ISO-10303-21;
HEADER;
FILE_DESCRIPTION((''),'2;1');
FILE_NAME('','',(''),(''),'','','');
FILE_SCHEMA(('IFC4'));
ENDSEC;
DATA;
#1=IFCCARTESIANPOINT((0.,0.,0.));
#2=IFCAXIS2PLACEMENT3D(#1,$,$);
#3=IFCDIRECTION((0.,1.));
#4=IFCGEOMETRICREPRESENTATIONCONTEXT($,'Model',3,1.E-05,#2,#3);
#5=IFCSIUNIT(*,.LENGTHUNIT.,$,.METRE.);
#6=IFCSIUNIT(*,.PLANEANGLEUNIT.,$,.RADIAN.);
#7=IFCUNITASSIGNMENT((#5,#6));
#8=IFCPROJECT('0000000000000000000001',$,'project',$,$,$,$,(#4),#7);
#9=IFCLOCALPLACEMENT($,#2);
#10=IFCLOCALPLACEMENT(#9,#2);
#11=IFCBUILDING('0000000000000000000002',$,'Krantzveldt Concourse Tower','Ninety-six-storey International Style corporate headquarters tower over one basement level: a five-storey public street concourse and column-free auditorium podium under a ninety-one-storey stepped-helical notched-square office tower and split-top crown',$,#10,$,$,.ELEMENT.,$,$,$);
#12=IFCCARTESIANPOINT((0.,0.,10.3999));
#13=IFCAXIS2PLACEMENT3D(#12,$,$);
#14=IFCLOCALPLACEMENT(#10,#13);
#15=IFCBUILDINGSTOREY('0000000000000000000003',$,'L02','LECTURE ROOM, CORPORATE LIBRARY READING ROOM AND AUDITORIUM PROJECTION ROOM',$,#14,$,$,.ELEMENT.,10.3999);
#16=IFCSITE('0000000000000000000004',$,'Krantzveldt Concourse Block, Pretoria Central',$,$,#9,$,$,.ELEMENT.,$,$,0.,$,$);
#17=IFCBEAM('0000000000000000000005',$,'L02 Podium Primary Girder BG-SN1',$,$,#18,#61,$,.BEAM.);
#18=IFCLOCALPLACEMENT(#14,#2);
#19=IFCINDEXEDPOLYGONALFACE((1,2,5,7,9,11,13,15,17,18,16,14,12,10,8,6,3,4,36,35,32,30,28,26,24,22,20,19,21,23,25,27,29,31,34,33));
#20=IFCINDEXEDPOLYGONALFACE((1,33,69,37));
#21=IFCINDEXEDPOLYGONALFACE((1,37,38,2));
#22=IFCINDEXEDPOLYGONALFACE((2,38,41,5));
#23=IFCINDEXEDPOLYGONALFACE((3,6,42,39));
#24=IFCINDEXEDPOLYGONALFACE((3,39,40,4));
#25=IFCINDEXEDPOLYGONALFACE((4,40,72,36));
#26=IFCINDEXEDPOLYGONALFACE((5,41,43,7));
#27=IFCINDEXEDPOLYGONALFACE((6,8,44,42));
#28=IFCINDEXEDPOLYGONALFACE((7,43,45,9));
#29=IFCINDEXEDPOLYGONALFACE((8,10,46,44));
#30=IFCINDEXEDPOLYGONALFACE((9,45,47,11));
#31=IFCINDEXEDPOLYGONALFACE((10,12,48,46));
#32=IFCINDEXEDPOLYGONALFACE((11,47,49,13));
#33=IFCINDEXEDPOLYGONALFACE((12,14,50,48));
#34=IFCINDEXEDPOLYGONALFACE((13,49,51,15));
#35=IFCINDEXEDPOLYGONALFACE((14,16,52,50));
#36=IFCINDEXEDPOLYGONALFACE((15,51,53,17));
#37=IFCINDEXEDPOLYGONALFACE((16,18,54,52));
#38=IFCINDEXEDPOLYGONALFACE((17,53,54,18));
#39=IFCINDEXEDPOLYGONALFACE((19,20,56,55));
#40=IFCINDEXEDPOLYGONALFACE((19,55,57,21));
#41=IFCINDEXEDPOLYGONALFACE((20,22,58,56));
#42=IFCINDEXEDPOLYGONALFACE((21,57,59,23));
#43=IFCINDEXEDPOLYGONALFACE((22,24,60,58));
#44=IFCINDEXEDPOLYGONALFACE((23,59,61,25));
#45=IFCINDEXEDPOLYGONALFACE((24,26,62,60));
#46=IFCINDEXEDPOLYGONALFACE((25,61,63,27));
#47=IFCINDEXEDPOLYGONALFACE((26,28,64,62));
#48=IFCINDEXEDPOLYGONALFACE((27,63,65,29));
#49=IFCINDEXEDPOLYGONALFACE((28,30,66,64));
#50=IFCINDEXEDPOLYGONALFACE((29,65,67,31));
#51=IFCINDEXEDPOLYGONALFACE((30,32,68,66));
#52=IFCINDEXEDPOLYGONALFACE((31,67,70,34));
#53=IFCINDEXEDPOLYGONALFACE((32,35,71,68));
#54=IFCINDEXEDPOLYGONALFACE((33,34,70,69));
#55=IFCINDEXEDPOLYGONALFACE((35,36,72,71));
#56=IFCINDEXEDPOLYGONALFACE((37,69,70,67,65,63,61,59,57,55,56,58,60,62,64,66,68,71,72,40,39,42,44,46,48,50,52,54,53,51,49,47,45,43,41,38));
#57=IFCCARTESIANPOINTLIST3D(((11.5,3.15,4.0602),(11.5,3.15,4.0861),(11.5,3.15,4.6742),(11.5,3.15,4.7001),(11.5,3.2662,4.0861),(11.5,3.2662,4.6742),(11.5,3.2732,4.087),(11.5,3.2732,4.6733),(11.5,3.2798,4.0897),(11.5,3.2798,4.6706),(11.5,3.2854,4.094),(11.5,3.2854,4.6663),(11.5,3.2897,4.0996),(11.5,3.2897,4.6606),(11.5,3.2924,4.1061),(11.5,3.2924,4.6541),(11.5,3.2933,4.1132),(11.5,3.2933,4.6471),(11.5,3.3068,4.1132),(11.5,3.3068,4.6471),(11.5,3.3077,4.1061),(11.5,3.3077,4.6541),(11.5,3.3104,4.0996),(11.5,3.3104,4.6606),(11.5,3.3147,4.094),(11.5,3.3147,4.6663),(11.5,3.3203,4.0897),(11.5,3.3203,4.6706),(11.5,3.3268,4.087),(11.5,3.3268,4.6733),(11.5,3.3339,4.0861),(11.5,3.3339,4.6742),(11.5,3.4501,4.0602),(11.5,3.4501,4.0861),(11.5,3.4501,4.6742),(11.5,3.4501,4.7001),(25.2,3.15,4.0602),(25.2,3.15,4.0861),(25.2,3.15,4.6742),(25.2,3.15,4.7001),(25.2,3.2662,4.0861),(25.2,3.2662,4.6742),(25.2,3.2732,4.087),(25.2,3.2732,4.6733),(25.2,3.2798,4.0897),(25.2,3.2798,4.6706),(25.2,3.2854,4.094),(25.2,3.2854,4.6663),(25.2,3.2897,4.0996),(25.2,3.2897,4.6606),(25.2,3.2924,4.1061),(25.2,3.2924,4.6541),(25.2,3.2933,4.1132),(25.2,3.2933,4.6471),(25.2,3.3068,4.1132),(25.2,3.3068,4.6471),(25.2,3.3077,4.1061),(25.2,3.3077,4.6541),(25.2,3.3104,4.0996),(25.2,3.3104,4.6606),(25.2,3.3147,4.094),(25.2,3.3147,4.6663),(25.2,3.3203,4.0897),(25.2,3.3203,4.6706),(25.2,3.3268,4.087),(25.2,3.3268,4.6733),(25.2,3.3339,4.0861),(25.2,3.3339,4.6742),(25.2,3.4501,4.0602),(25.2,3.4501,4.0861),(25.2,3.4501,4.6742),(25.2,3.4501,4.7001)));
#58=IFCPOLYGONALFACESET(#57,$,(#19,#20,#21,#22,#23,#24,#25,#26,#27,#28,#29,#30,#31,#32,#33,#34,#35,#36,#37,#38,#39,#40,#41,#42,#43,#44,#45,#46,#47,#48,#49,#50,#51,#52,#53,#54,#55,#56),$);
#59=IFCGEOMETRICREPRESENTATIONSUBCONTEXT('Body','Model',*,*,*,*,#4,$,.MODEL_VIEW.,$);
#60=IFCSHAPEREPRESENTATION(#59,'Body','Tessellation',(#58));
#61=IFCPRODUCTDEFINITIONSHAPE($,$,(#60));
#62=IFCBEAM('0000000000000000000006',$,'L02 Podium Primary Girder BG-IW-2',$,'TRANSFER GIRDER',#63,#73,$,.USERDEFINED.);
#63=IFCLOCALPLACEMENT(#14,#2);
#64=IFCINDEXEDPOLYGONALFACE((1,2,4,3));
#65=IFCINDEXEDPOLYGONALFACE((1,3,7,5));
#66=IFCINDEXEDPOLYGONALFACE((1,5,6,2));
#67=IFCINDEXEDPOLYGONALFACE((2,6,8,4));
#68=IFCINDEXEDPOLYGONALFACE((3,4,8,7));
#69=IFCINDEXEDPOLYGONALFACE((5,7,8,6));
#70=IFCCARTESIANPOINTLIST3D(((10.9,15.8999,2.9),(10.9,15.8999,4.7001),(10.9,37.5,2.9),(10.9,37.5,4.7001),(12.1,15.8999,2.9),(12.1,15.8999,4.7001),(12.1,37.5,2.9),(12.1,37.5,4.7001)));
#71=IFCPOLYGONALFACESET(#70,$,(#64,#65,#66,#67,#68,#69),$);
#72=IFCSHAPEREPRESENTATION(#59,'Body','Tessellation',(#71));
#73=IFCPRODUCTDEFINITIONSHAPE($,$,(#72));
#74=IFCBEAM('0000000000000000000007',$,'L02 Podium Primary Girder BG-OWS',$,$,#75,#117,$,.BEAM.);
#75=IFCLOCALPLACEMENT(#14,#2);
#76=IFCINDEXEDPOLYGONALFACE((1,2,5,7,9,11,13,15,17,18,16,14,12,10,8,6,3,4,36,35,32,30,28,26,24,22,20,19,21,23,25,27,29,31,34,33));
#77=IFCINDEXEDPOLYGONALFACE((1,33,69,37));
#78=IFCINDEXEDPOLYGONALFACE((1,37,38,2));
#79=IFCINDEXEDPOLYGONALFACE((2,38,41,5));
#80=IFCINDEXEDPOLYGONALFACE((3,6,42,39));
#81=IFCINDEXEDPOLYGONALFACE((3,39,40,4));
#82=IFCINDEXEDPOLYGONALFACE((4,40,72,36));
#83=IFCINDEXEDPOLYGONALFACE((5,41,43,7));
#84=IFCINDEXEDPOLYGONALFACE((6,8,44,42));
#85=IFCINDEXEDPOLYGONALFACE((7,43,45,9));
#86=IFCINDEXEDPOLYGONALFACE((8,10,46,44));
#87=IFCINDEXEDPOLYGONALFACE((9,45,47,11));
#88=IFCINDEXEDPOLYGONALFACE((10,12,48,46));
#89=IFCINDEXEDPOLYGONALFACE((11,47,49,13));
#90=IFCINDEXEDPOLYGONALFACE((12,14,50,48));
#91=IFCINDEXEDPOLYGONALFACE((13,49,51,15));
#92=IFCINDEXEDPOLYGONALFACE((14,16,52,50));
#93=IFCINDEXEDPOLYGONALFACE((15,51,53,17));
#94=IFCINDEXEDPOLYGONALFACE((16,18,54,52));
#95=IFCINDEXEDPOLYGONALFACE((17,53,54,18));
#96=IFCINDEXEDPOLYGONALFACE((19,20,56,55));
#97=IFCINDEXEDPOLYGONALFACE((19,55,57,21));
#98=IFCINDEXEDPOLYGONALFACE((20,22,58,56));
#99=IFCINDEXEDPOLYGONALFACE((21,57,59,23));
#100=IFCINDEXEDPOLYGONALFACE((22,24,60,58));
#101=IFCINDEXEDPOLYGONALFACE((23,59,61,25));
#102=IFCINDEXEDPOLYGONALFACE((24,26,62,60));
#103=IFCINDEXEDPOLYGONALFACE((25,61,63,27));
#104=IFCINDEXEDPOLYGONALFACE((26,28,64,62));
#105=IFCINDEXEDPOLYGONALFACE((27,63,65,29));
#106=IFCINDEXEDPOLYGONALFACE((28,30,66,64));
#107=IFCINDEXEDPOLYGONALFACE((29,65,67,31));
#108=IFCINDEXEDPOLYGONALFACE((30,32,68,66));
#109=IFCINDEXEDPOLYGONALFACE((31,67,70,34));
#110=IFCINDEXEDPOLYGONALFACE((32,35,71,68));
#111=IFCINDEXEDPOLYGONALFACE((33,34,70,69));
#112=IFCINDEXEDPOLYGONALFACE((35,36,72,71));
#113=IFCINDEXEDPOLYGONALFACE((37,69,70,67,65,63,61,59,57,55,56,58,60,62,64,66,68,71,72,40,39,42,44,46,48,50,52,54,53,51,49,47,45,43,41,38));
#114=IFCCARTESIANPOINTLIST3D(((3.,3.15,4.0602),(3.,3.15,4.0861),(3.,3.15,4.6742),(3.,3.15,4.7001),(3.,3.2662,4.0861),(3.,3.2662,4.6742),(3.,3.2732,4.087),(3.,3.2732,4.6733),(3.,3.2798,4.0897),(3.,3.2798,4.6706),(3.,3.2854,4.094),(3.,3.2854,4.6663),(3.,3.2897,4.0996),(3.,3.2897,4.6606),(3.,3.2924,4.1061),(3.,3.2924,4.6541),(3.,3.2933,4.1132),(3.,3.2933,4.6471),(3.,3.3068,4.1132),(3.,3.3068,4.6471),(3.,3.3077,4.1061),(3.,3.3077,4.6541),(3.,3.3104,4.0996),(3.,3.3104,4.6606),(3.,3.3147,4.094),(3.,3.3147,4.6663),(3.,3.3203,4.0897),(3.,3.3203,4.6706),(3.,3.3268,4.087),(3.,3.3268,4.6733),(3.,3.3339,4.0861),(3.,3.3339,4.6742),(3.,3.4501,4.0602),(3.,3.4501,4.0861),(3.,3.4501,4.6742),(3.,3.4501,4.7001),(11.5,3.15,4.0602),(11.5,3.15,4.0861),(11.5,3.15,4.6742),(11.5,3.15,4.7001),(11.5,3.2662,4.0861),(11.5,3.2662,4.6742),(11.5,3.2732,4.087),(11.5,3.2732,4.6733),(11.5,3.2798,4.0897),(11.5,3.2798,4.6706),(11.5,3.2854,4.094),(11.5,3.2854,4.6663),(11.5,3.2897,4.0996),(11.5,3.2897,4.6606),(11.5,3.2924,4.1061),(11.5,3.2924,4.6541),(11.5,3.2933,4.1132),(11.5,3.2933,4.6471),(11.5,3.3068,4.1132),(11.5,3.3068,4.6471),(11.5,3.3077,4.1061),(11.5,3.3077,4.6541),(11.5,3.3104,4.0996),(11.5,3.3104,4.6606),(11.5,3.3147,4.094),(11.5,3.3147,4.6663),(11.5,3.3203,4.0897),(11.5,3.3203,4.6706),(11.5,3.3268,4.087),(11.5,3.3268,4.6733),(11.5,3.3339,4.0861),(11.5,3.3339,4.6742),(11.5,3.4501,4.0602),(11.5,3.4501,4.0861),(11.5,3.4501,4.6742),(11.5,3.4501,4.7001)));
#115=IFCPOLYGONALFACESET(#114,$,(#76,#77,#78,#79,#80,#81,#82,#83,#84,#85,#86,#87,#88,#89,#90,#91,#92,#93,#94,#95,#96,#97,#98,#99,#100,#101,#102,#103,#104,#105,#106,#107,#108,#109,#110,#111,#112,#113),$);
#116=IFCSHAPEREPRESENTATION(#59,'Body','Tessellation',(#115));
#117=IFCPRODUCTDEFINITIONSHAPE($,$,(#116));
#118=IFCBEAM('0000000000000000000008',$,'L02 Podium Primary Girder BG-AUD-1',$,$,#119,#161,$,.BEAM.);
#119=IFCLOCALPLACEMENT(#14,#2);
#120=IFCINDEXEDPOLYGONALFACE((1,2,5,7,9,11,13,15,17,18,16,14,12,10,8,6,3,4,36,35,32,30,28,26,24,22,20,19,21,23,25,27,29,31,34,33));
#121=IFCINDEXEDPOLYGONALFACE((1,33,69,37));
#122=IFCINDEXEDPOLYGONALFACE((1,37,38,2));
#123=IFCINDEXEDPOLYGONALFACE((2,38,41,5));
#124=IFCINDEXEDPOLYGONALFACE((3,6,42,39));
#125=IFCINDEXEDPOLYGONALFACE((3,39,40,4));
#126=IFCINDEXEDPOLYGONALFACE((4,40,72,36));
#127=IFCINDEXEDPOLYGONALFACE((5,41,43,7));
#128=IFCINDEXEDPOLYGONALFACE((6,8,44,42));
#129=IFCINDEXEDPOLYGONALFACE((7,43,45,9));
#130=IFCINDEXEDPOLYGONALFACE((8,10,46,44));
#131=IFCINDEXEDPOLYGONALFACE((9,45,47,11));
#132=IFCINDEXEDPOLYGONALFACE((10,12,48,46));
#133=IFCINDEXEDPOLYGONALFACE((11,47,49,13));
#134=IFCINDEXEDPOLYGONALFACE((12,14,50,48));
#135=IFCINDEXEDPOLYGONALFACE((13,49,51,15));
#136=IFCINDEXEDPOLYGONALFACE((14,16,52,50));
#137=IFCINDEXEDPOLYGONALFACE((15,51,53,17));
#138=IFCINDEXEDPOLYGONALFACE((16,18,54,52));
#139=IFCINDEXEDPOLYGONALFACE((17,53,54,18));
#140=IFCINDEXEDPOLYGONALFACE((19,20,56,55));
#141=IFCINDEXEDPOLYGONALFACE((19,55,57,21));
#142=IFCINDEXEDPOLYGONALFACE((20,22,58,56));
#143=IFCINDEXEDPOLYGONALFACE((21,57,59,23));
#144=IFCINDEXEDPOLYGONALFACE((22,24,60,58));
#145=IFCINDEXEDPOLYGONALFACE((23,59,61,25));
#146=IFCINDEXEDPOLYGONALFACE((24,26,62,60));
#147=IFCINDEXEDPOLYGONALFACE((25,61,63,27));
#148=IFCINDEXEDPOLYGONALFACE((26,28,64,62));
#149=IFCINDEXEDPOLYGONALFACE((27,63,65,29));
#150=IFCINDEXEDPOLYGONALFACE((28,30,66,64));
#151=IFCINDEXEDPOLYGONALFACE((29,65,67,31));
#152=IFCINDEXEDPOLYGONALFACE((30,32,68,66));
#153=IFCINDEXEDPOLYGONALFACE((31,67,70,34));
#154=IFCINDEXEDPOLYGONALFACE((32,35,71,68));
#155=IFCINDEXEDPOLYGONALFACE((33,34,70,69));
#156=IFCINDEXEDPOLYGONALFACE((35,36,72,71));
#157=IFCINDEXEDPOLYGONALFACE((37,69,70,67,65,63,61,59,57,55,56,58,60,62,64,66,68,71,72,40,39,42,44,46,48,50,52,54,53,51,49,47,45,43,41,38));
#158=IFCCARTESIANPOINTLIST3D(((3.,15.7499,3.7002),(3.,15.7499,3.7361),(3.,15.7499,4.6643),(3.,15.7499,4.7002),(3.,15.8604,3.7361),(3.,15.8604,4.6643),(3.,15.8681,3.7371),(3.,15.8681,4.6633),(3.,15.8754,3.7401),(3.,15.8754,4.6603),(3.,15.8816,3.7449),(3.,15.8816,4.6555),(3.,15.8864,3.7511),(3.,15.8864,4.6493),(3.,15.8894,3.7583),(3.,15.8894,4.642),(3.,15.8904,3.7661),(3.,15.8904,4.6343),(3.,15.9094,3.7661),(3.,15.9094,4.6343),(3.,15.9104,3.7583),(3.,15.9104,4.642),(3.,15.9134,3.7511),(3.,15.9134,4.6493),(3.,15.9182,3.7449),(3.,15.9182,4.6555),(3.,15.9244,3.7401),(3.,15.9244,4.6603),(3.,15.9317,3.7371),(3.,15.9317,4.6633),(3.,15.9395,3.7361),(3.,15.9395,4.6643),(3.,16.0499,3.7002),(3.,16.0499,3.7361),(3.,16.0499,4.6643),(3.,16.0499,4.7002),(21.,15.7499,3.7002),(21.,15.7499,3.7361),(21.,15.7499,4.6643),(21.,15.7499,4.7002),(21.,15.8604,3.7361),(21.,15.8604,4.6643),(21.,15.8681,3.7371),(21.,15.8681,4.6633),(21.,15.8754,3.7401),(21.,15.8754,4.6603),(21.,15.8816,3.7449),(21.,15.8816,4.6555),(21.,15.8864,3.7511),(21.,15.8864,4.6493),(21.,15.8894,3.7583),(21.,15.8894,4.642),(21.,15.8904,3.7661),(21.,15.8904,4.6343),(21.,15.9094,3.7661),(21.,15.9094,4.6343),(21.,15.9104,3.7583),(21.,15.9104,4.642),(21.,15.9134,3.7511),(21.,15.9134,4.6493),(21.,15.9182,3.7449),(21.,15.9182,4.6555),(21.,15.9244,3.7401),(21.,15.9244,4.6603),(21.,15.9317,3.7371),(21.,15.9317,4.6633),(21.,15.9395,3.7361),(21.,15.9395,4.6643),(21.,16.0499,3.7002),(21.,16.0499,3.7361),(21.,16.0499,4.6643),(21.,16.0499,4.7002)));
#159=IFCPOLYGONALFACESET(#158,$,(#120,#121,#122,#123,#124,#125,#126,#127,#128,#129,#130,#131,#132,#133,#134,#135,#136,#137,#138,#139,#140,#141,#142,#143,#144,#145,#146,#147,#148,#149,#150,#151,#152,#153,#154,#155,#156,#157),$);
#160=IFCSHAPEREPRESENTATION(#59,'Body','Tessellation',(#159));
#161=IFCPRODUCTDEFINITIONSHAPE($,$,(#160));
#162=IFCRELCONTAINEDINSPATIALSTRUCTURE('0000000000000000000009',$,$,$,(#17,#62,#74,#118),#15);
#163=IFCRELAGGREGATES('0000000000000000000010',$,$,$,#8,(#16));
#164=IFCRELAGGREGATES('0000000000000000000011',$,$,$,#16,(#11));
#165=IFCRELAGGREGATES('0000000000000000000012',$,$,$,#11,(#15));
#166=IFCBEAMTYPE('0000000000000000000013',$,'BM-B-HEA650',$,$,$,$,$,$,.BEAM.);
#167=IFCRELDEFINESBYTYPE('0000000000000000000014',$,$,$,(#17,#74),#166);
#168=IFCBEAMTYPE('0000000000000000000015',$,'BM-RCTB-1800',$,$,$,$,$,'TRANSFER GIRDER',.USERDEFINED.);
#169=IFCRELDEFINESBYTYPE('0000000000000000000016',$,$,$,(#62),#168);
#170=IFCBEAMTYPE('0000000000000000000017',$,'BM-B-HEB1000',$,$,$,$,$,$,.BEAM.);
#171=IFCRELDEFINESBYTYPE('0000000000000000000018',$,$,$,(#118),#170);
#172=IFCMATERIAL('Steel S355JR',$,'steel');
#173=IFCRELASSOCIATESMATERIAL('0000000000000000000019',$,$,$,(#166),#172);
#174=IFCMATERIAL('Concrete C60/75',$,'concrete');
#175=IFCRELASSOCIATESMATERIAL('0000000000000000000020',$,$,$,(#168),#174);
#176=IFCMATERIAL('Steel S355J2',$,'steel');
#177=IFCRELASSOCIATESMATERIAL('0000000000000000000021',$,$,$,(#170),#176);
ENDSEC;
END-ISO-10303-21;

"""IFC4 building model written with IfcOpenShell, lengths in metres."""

from ifc_helpers import new_model, si_unit, direction, frame, origin, origin_2d, place, context, subcontext, project, spatial, rectangle, i_section, extrude, source, transform, mapped, material, material_profile, profile_set, type_object, type_shapes, element, save


model = new_model("IFC4")

# Units and contexts
model_context = context("Model", 3, precision=1e-05, world=origin(), true_north=direction((0.0, 1.0)))
body_context = subcontext(model_context, "Body", "Model", "MODEL_VIEW")
ifc_project = project(units=[si_unit("LENGTHUNIT", "METRE"), si_unit("PLANEANGLEUNIT", "RADIAN")], contexts=[model_context])

# Site, building, storey
site_placement = place(None, origin())
site = spatial("IfcSite", under=ifc_project, at=site_placement, Name="Krantzveldt Concourse Block, Pretoria Central", CompositionType="ELEMENT", RefElevation=0.0)
building_placement = place(site_placement, origin())
building = spatial("IfcBuilding", under=site, at=building_placement, Name="Krantzveldt Concourse Tower", Description="Ninety-six-storey International Style corporate headquarters tower over one basement level: a five-storey public street concourse and column-free auditorium podium under a ninety-one-storey stepped-helical notched-square office tower and split-top crown", CompositionType="ELEMENT")
storey_placement = place(building_placement, frame((0.0, 0.0, 10.3999)))
storey = spatial("IfcBuildingStorey", under=building, at=storey_placement, Name="L02", Description="LECTURE ROOM, CORPORATE LIBRARY READING ROOM AND AUDITORIUM PROJECTION ROOM", CompositionType="ELEMENT", Elevation=10.3999)

# Shared definitions
ifc_material_1 = material(Name="Concrete C60/75", Category="concrete")

# Beams
ifc_material_2 = material(Name="Steel S355JR", Category="steel")
ifc_material_3 = material(Name="Steel S355J2", Category="steel")
ifc_material_profile_1 = material_profile(ifc_material_2, i_section(OverallWidth=0.3, OverallDepth=0.6399, WebThickness=0.0134, FlangeThickness=0.0259, FilletRadius=0.0271, at=origin_2d()), Name="Steel S355JR", Category="steel")
ifc_profile_set_1 = profile_set([ifc_material_profile_1], Name="Steel S355JR - HEA 650")
beam_type_1 = type_object("IfcBeamType", Name="BM-B-HEA650", PredefinedType="BEAM", material=ifc_profile_set_1)
shared_shape_1 = source(origin(), body_context, "Body", "SweptSolid", [
    extrude(i_section(OverallWidth=0.3, OverallDepth=0.6399, WebThickness=0.0134, FlangeThickness=0.0259, FilletRadius=0.0271, at=origin_2d()), origin(), (0.0, 0.0, 1.0), 13.7),
])
beam_1_placement = place(storey_placement, frame((11.5, 3.3, 4.3801), z_axis=(1.0, 0.0, 0.0), x_axis=(0.0, 1.0, 0.0)))
element("IfcBeam", 1, at=beam_1_placement, inside=storey, type_object=beam_type_1, Name="L02 Podium Primary Girder BG-SN1", PredefinedType="BEAM", context=body_context, shape_type="MappedRepresentation", body=[
    mapped(shared_shape_1, transform((0.0, 0.0, 0.0), x_axis=(1.0, 0.0, 0.0), y_axis=(0.0, 1.0, 0.0), z_axis=(0.0, 0.0, 1.0), scale=1.0)),
])
ifc_material_profile_2 = material_profile(ifc_material_1, rectangle(XDim=1.2, YDim=1.8, at=origin_2d()), Name="Concrete C60/75", Category="concrete")
ifc_profile_set_2 = profile_set([ifc_material_profile_2], Name="Concrete C60/75 - RC-TB 1200x1800")
beam_type_2 = type_object("IfcBeamType", Name="BM-RCTB-1800", ElementType="TRANSFER GIRDER", PredefinedType="USERDEFINED", material=ifc_profile_set_2)
shared_shape_2 = source(origin(), body_context, "Body", "SweptSolid", [
    extrude(rectangle(XDim=1.2, YDim=1.8, at=origin_2d()), origin(), (0.0, 0.0, 1.0), 21.6001),
])
type_shapes(beam_type_2, [shared_shape_2])
beam_2_placement = place(storey_placement, frame((11.5, 15.8999, 3.8), z_axis=(0.0, 1.0, 0.0), x_axis=(-1.0, 0.0, 0.0)))
element("IfcBeam", 2, at=beam_2_placement, inside=storey, type_object=beam_type_2, Name="L02 Podium Primary Girder BG-IW-2", ObjectType="TRANSFER GIRDER", PredefinedType="USERDEFINED", context=body_context, shape_type="MappedRepresentation", body=[
    mapped(shared_shape_2, transform((0.0, 0.0, 0.0), x_axis=(1.0, 0.0, 0.0), y_axis=(0.0, 1.0, 0.0), z_axis=(0.0, 0.0, 1.0), scale=1.0)),
])
shared_shape_3 = source(origin(), body_context, "Body", "SweptSolid", [
    extrude(i_section(OverallWidth=0.3, OverallDepth=0.6399, WebThickness=0.0134, FlangeThickness=0.0259, FilletRadius=0.0271, at=origin_2d()), origin(), (0.0, 0.0, 1.0), 8.5),
])
type_shapes(beam_type_1, [shared_shape_1, shared_shape_3])
beam_3_placement = place(storey_placement, frame((3.0, 3.3, 4.3801), z_axis=(1.0, 0.0, 0.0), x_axis=(0.0, 1.0, 0.0)))
element("IfcBeam", 3, at=beam_3_placement, inside=storey, type_object=beam_type_1, Name="L02 Podium Primary Girder BG-OWS", PredefinedType="BEAM", context=body_context, shape_type="MappedRepresentation", body=[
    mapped(shared_shape_3, transform((0.0, 0.0, 0.0), x_axis=(1.0, 0.0, 0.0), y_axis=(0.0, 1.0, 0.0), z_axis=(0.0, 0.0, 1.0), scale=1.0)),
])
ifc_material_profile_3 = material_profile(ifc_material_3, i_section(OverallWidth=0.3, OverallDepth=1.0, WebThickness=0.019, FlangeThickness=0.0359, FilletRadius=0.03, at=origin_2d()), Name="Steel S355J2", Category="steel")
ifc_profile_set_3 = profile_set([ifc_material_profile_3], Name="Steel S355J2 - HEB 1000")
beam_type_3 = type_object("IfcBeamType", Name="BM-B-HEB1000", PredefinedType="BEAM", material=ifc_profile_set_3)
shared_shape_4 = source(origin(), body_context, "Body", "SweptSolid", [
    extrude(i_section(OverallWidth=0.3, OverallDepth=1.0, WebThickness=0.019, FlangeThickness=0.0359, FilletRadius=0.03, at=origin_2d()), origin(), (0.0, 0.0, 1.0), 18.0),
])
type_shapes(beam_type_3, [shared_shape_4])
beam_4_placement = place(storey_placement, frame((3.0, 15.8999, 4.2002), z_axis=(1.0, 0.0, 0.0), x_axis=(0.0, 1.0, 0.0)))
element("IfcBeam", 4, at=beam_4_placement, inside=storey, type_object=beam_type_3, Name="L02 Podium Primary Girder BG-AUD-1", PredefinedType="BEAM", context=body_context, shape_type="MappedRepresentation", body=[
    mapped(shared_shape_4, transform((0.0, 0.0, 0.0), x_axis=(1.0, 0.0, 0.0), y_axis=(0.0, 1.0, 0.0), z_axis=(0.0, 0.0, 1.0), scale=1.0)),
])

save(model, "model.ifc")
